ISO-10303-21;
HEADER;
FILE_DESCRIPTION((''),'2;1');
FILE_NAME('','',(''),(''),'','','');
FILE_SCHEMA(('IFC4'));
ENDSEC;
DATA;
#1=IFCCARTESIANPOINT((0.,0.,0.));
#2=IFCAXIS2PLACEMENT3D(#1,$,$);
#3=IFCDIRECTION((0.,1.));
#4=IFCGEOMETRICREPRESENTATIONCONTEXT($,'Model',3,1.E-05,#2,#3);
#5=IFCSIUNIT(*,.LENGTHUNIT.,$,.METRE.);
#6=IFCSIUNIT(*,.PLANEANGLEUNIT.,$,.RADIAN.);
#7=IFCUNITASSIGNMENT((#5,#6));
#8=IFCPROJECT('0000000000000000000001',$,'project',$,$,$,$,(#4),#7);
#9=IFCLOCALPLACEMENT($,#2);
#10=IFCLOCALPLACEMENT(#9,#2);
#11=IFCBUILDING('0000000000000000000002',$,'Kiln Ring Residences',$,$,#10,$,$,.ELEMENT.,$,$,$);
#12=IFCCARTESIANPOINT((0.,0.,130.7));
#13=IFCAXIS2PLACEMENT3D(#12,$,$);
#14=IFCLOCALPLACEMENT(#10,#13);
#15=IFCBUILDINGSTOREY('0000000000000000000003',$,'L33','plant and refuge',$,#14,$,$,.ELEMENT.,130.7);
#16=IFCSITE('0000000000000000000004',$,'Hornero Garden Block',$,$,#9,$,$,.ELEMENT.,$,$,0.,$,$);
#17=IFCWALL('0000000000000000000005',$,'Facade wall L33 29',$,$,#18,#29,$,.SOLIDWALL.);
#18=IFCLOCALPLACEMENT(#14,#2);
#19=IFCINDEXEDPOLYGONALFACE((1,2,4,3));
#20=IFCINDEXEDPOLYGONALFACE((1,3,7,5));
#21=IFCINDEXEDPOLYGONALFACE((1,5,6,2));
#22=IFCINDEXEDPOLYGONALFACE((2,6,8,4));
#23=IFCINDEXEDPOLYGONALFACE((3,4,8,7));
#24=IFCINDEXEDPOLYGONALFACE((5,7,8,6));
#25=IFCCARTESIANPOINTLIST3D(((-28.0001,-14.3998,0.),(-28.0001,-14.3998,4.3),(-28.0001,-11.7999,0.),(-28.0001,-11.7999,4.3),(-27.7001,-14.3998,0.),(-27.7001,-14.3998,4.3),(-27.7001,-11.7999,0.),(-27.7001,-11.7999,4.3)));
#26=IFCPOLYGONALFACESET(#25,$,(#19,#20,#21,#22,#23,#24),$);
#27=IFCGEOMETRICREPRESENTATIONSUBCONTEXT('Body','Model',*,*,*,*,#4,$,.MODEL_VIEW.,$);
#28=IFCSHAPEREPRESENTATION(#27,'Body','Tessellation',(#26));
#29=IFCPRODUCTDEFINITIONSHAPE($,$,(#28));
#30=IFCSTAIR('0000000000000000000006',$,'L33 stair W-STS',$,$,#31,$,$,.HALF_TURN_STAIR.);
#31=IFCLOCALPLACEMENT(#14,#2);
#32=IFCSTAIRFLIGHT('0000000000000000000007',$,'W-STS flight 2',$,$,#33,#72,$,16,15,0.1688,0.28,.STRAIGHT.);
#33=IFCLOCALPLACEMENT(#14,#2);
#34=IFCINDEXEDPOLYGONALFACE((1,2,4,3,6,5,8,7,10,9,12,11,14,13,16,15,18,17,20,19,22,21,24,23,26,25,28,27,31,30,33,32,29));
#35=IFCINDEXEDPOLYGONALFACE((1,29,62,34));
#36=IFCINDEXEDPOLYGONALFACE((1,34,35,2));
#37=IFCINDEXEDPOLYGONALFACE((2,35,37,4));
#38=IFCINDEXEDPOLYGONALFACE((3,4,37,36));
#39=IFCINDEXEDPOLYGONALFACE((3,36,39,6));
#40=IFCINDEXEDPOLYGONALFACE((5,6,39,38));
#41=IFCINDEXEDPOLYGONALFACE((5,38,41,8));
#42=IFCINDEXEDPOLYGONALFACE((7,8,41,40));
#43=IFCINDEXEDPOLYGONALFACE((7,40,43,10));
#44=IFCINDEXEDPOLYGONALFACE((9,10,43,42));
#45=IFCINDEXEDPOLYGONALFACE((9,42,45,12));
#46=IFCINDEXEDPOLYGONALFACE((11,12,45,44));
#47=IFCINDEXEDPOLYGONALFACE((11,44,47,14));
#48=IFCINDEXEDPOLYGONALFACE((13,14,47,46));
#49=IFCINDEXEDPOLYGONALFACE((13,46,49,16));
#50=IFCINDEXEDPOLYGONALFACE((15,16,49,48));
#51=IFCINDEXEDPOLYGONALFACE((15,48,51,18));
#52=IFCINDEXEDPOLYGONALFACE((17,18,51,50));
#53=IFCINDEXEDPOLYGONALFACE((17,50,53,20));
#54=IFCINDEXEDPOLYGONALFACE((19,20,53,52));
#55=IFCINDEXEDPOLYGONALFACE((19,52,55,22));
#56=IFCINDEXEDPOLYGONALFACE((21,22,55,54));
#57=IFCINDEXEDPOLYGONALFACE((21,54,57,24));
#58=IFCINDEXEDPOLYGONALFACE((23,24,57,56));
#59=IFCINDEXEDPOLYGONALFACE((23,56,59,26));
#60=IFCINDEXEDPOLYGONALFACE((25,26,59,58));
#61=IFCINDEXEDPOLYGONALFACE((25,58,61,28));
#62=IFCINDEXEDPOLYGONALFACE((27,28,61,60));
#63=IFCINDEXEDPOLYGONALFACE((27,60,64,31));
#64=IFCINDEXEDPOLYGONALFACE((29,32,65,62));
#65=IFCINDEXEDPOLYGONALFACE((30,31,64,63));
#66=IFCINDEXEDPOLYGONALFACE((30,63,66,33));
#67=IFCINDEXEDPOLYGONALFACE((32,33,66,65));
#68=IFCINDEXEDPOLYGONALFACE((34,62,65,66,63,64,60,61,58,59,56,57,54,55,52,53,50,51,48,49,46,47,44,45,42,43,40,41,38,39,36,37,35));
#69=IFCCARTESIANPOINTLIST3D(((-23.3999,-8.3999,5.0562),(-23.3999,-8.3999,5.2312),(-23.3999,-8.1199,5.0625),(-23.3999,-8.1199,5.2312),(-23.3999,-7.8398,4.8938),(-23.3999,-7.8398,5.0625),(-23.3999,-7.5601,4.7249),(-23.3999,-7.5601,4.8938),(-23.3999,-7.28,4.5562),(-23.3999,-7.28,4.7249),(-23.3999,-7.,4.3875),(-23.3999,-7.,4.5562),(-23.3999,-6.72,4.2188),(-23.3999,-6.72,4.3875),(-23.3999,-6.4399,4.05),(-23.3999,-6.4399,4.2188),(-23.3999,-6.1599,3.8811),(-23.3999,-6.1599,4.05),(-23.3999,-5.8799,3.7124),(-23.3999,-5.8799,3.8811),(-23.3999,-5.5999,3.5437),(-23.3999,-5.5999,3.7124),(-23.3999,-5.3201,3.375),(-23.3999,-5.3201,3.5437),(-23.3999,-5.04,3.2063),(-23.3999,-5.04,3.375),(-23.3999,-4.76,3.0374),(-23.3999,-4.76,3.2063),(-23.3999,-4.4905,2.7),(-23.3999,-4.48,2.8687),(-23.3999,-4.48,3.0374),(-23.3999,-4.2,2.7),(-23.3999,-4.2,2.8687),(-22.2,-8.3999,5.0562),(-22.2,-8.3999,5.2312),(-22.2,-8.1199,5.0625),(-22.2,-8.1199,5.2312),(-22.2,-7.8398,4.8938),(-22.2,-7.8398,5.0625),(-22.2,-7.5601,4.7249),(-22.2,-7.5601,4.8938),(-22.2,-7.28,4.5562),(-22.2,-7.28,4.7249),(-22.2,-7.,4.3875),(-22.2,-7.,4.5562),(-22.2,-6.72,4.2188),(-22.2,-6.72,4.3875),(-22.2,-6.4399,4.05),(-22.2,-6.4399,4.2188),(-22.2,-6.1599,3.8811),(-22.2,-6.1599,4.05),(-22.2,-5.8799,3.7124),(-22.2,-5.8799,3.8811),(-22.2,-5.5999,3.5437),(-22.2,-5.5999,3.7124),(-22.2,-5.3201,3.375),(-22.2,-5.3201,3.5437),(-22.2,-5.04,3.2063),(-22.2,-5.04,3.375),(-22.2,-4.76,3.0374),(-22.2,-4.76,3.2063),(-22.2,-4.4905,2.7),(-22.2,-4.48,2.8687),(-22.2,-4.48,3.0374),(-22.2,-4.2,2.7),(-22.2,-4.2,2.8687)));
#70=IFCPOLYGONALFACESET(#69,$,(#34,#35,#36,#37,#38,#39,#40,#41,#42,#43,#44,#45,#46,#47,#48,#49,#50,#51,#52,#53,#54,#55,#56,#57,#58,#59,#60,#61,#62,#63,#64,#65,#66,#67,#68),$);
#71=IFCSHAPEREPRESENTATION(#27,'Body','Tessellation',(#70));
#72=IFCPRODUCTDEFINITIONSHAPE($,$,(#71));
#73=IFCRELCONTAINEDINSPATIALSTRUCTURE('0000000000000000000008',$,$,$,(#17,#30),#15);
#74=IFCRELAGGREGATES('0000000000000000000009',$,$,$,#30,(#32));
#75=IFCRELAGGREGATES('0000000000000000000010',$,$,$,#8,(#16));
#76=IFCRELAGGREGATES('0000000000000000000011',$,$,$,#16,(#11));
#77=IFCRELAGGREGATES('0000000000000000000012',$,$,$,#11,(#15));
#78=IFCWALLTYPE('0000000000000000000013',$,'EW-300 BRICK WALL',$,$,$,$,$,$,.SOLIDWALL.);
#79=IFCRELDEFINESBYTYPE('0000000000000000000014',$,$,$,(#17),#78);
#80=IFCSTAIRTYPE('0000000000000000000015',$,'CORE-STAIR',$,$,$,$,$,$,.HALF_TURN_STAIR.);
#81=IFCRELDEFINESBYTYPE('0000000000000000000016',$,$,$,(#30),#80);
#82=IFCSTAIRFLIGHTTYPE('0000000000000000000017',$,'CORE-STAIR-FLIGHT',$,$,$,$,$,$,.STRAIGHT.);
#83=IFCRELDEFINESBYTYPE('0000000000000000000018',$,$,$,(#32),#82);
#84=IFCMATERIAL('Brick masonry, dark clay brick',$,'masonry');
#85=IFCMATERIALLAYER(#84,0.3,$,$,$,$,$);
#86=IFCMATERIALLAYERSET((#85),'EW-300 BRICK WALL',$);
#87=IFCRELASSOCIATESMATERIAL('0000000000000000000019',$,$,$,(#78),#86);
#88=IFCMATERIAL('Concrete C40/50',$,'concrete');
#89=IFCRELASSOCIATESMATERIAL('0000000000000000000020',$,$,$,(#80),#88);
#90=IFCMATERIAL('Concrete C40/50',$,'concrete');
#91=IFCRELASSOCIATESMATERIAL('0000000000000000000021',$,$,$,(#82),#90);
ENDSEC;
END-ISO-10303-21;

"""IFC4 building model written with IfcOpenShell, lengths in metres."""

from ifc_helpers import new_model, si_unit, direction, frame, frame_2d, origin, place, context, subcontext, project, spatial, polyline, rectangle, outline, extrude, material, layer, layer_set, type_object, element, aggregate, save


model = new_model("IFC4")

# Units and contexts
model_context = context("Model", 3, precision=1e-05, world=origin(), true_north=direction((0.0, 1.0)))
body_context = subcontext(model_context, "Body", "Model", "MODEL_VIEW")
ifc_project = project(units=[si_unit("LENGTHUNIT", "METRE"), si_unit("PLANEANGLEUNIT", "RADIAN")], contexts=[model_context])

# Site, building, storey
site_placement = place(None, origin())
site = spatial("IfcSite", under=ifc_project, at=site_placement, Name="Hornero Garden Block", CompositionType="ELEMENT", RefElevation=0.0)
building_placement = place(site_placement, origin())
building = spatial("IfcBuilding", under=site, at=building_placement, Name="Kiln Ring Residences", CompositionType="ELEMENT")
storey_placement = place(building_placement, frame((0.0, 0.0, 130.7)))
storey = spatial("IfcBuildingStorey", under=building, at=storey_placement, Name="L33", Description="plant and refuge", CompositionType="ELEMENT", Elevation=130.7)

# Wall
ifc_material_1 = material(Name="Brick masonry, dark clay brick", Category="masonry")
ifc_layer_1 = layer(ifc_material_1, 0.3)
ifc_layer_set_1 = layer_set([ifc_layer_1], Name="EW-300 BRICK WALL")
wall_type_1 = type_object("IfcWallType", Name="EW-300 BRICK WALL", PredefinedType="SOLIDWALL", material=ifc_layer_set_1)
wall_1_placement = place(storey_placement, frame((-27.8501, -11.8, 0.0), z_axis=(0.0, 0.0, 1.0), x_axis=(0.0, -1.0, 0.0)))
element("IfcWall", 1, at=wall_1_placement, inside=storey, type_object=wall_type_1, Name="Facade wall L33 29", PredefinedType="SOLIDWALL", context=body_context, shape_type="SweptSolid", body=[
    extrude(rectangle(XDim=2.5999, YDim=0.3, at=frame_2d((1.2998, 0.0))), origin(), (0.0, 0.0, 1.0), 4.3),
])

# Stair, stair flight
ifc_material_2 = material(Name="Concrete C40/50", Category="concrete")
stair_type = type_object("IfcStairType", Name="CORE-STAIR", PredefinedType="HALF_TURN_STAIR", material=ifc_material_2)
stair_placement = place(storey_placement, origin())
stair = element("IfcStair", 2, at=stair_placement, inside=storey, type_object=stair_type, Name="L33 stair W-STS", PredefinedType="HALF_TURN_STAIR")
ifc_material_3 = material(Name="Concrete C40/50", Category="concrete")
stair_flight_type = type_object("IfcStairFlightType", Name="CORE-STAIR-FLIGHT", PredefinedType="STRAIGHT", material=ifc_material_3)
stair_flight_placement = place(storey_placement, frame((-22.8, -4.2, 2.7), z_axis=(0.0, 0.0, 1.0), x_axis=(0.0, -1.0, 0.0)))
stair_flight = element("IfcStairFlight", 3, at=stair_flight_placement, type_object=stair_flight_type, Name="W-STS flight 2", NumberOfRisers=16, NumberOfTreads=15, PredefinedType="STRAIGHT", RiserHeight=0.1688, TreadLength=0.28, context=body_context, shape_type="SweptSolid", body=[
    extrude(outline(polyline([(0.0, 0.0), (0.0, 0.1687), (0.28, 0.1687), (0.28, 0.3374), (0.5601, 0.3374), (0.5601, 0.5063), (0.8401, 0.5063), (0.8401, 0.675), (1.1201, 0.675), (1.1201, 0.8438), (1.3999, 0.8438), (1.3999, 1.0125), (1.6799, 1.0125), (1.6799, 1.1812), (1.96, 1.1812), (1.96, 1.3501), (2.24, 1.3501), (2.24, 1.5188), (2.52, 1.5188), (2.52, 1.6875), (2.8, 1.6875), (2.8, 1.8562), (3.0801, 1.8562), (3.0801, 2.0249), (3.3601, 2.0249), (3.3601, 2.1938), (3.6399, 2.1938), (3.6399, 2.3625), (3.9199, 2.3625), (3.9199, 2.5312), (4.2, 2.5312), (4.2, 2.7), (4.2, 2.3562), (0.2905, 0.0), (0.0, 0.0)])), frame((0.0, 0.6001, 0.0), z_axis=(0.0, -1.0, 0.0), x_axis=(1.0, 0.0, 0.0)), (0.0, 0.0, 1.0), 1.2),
])
aggregate(stair, [stair_flight])

save(model, "model.ifc")
